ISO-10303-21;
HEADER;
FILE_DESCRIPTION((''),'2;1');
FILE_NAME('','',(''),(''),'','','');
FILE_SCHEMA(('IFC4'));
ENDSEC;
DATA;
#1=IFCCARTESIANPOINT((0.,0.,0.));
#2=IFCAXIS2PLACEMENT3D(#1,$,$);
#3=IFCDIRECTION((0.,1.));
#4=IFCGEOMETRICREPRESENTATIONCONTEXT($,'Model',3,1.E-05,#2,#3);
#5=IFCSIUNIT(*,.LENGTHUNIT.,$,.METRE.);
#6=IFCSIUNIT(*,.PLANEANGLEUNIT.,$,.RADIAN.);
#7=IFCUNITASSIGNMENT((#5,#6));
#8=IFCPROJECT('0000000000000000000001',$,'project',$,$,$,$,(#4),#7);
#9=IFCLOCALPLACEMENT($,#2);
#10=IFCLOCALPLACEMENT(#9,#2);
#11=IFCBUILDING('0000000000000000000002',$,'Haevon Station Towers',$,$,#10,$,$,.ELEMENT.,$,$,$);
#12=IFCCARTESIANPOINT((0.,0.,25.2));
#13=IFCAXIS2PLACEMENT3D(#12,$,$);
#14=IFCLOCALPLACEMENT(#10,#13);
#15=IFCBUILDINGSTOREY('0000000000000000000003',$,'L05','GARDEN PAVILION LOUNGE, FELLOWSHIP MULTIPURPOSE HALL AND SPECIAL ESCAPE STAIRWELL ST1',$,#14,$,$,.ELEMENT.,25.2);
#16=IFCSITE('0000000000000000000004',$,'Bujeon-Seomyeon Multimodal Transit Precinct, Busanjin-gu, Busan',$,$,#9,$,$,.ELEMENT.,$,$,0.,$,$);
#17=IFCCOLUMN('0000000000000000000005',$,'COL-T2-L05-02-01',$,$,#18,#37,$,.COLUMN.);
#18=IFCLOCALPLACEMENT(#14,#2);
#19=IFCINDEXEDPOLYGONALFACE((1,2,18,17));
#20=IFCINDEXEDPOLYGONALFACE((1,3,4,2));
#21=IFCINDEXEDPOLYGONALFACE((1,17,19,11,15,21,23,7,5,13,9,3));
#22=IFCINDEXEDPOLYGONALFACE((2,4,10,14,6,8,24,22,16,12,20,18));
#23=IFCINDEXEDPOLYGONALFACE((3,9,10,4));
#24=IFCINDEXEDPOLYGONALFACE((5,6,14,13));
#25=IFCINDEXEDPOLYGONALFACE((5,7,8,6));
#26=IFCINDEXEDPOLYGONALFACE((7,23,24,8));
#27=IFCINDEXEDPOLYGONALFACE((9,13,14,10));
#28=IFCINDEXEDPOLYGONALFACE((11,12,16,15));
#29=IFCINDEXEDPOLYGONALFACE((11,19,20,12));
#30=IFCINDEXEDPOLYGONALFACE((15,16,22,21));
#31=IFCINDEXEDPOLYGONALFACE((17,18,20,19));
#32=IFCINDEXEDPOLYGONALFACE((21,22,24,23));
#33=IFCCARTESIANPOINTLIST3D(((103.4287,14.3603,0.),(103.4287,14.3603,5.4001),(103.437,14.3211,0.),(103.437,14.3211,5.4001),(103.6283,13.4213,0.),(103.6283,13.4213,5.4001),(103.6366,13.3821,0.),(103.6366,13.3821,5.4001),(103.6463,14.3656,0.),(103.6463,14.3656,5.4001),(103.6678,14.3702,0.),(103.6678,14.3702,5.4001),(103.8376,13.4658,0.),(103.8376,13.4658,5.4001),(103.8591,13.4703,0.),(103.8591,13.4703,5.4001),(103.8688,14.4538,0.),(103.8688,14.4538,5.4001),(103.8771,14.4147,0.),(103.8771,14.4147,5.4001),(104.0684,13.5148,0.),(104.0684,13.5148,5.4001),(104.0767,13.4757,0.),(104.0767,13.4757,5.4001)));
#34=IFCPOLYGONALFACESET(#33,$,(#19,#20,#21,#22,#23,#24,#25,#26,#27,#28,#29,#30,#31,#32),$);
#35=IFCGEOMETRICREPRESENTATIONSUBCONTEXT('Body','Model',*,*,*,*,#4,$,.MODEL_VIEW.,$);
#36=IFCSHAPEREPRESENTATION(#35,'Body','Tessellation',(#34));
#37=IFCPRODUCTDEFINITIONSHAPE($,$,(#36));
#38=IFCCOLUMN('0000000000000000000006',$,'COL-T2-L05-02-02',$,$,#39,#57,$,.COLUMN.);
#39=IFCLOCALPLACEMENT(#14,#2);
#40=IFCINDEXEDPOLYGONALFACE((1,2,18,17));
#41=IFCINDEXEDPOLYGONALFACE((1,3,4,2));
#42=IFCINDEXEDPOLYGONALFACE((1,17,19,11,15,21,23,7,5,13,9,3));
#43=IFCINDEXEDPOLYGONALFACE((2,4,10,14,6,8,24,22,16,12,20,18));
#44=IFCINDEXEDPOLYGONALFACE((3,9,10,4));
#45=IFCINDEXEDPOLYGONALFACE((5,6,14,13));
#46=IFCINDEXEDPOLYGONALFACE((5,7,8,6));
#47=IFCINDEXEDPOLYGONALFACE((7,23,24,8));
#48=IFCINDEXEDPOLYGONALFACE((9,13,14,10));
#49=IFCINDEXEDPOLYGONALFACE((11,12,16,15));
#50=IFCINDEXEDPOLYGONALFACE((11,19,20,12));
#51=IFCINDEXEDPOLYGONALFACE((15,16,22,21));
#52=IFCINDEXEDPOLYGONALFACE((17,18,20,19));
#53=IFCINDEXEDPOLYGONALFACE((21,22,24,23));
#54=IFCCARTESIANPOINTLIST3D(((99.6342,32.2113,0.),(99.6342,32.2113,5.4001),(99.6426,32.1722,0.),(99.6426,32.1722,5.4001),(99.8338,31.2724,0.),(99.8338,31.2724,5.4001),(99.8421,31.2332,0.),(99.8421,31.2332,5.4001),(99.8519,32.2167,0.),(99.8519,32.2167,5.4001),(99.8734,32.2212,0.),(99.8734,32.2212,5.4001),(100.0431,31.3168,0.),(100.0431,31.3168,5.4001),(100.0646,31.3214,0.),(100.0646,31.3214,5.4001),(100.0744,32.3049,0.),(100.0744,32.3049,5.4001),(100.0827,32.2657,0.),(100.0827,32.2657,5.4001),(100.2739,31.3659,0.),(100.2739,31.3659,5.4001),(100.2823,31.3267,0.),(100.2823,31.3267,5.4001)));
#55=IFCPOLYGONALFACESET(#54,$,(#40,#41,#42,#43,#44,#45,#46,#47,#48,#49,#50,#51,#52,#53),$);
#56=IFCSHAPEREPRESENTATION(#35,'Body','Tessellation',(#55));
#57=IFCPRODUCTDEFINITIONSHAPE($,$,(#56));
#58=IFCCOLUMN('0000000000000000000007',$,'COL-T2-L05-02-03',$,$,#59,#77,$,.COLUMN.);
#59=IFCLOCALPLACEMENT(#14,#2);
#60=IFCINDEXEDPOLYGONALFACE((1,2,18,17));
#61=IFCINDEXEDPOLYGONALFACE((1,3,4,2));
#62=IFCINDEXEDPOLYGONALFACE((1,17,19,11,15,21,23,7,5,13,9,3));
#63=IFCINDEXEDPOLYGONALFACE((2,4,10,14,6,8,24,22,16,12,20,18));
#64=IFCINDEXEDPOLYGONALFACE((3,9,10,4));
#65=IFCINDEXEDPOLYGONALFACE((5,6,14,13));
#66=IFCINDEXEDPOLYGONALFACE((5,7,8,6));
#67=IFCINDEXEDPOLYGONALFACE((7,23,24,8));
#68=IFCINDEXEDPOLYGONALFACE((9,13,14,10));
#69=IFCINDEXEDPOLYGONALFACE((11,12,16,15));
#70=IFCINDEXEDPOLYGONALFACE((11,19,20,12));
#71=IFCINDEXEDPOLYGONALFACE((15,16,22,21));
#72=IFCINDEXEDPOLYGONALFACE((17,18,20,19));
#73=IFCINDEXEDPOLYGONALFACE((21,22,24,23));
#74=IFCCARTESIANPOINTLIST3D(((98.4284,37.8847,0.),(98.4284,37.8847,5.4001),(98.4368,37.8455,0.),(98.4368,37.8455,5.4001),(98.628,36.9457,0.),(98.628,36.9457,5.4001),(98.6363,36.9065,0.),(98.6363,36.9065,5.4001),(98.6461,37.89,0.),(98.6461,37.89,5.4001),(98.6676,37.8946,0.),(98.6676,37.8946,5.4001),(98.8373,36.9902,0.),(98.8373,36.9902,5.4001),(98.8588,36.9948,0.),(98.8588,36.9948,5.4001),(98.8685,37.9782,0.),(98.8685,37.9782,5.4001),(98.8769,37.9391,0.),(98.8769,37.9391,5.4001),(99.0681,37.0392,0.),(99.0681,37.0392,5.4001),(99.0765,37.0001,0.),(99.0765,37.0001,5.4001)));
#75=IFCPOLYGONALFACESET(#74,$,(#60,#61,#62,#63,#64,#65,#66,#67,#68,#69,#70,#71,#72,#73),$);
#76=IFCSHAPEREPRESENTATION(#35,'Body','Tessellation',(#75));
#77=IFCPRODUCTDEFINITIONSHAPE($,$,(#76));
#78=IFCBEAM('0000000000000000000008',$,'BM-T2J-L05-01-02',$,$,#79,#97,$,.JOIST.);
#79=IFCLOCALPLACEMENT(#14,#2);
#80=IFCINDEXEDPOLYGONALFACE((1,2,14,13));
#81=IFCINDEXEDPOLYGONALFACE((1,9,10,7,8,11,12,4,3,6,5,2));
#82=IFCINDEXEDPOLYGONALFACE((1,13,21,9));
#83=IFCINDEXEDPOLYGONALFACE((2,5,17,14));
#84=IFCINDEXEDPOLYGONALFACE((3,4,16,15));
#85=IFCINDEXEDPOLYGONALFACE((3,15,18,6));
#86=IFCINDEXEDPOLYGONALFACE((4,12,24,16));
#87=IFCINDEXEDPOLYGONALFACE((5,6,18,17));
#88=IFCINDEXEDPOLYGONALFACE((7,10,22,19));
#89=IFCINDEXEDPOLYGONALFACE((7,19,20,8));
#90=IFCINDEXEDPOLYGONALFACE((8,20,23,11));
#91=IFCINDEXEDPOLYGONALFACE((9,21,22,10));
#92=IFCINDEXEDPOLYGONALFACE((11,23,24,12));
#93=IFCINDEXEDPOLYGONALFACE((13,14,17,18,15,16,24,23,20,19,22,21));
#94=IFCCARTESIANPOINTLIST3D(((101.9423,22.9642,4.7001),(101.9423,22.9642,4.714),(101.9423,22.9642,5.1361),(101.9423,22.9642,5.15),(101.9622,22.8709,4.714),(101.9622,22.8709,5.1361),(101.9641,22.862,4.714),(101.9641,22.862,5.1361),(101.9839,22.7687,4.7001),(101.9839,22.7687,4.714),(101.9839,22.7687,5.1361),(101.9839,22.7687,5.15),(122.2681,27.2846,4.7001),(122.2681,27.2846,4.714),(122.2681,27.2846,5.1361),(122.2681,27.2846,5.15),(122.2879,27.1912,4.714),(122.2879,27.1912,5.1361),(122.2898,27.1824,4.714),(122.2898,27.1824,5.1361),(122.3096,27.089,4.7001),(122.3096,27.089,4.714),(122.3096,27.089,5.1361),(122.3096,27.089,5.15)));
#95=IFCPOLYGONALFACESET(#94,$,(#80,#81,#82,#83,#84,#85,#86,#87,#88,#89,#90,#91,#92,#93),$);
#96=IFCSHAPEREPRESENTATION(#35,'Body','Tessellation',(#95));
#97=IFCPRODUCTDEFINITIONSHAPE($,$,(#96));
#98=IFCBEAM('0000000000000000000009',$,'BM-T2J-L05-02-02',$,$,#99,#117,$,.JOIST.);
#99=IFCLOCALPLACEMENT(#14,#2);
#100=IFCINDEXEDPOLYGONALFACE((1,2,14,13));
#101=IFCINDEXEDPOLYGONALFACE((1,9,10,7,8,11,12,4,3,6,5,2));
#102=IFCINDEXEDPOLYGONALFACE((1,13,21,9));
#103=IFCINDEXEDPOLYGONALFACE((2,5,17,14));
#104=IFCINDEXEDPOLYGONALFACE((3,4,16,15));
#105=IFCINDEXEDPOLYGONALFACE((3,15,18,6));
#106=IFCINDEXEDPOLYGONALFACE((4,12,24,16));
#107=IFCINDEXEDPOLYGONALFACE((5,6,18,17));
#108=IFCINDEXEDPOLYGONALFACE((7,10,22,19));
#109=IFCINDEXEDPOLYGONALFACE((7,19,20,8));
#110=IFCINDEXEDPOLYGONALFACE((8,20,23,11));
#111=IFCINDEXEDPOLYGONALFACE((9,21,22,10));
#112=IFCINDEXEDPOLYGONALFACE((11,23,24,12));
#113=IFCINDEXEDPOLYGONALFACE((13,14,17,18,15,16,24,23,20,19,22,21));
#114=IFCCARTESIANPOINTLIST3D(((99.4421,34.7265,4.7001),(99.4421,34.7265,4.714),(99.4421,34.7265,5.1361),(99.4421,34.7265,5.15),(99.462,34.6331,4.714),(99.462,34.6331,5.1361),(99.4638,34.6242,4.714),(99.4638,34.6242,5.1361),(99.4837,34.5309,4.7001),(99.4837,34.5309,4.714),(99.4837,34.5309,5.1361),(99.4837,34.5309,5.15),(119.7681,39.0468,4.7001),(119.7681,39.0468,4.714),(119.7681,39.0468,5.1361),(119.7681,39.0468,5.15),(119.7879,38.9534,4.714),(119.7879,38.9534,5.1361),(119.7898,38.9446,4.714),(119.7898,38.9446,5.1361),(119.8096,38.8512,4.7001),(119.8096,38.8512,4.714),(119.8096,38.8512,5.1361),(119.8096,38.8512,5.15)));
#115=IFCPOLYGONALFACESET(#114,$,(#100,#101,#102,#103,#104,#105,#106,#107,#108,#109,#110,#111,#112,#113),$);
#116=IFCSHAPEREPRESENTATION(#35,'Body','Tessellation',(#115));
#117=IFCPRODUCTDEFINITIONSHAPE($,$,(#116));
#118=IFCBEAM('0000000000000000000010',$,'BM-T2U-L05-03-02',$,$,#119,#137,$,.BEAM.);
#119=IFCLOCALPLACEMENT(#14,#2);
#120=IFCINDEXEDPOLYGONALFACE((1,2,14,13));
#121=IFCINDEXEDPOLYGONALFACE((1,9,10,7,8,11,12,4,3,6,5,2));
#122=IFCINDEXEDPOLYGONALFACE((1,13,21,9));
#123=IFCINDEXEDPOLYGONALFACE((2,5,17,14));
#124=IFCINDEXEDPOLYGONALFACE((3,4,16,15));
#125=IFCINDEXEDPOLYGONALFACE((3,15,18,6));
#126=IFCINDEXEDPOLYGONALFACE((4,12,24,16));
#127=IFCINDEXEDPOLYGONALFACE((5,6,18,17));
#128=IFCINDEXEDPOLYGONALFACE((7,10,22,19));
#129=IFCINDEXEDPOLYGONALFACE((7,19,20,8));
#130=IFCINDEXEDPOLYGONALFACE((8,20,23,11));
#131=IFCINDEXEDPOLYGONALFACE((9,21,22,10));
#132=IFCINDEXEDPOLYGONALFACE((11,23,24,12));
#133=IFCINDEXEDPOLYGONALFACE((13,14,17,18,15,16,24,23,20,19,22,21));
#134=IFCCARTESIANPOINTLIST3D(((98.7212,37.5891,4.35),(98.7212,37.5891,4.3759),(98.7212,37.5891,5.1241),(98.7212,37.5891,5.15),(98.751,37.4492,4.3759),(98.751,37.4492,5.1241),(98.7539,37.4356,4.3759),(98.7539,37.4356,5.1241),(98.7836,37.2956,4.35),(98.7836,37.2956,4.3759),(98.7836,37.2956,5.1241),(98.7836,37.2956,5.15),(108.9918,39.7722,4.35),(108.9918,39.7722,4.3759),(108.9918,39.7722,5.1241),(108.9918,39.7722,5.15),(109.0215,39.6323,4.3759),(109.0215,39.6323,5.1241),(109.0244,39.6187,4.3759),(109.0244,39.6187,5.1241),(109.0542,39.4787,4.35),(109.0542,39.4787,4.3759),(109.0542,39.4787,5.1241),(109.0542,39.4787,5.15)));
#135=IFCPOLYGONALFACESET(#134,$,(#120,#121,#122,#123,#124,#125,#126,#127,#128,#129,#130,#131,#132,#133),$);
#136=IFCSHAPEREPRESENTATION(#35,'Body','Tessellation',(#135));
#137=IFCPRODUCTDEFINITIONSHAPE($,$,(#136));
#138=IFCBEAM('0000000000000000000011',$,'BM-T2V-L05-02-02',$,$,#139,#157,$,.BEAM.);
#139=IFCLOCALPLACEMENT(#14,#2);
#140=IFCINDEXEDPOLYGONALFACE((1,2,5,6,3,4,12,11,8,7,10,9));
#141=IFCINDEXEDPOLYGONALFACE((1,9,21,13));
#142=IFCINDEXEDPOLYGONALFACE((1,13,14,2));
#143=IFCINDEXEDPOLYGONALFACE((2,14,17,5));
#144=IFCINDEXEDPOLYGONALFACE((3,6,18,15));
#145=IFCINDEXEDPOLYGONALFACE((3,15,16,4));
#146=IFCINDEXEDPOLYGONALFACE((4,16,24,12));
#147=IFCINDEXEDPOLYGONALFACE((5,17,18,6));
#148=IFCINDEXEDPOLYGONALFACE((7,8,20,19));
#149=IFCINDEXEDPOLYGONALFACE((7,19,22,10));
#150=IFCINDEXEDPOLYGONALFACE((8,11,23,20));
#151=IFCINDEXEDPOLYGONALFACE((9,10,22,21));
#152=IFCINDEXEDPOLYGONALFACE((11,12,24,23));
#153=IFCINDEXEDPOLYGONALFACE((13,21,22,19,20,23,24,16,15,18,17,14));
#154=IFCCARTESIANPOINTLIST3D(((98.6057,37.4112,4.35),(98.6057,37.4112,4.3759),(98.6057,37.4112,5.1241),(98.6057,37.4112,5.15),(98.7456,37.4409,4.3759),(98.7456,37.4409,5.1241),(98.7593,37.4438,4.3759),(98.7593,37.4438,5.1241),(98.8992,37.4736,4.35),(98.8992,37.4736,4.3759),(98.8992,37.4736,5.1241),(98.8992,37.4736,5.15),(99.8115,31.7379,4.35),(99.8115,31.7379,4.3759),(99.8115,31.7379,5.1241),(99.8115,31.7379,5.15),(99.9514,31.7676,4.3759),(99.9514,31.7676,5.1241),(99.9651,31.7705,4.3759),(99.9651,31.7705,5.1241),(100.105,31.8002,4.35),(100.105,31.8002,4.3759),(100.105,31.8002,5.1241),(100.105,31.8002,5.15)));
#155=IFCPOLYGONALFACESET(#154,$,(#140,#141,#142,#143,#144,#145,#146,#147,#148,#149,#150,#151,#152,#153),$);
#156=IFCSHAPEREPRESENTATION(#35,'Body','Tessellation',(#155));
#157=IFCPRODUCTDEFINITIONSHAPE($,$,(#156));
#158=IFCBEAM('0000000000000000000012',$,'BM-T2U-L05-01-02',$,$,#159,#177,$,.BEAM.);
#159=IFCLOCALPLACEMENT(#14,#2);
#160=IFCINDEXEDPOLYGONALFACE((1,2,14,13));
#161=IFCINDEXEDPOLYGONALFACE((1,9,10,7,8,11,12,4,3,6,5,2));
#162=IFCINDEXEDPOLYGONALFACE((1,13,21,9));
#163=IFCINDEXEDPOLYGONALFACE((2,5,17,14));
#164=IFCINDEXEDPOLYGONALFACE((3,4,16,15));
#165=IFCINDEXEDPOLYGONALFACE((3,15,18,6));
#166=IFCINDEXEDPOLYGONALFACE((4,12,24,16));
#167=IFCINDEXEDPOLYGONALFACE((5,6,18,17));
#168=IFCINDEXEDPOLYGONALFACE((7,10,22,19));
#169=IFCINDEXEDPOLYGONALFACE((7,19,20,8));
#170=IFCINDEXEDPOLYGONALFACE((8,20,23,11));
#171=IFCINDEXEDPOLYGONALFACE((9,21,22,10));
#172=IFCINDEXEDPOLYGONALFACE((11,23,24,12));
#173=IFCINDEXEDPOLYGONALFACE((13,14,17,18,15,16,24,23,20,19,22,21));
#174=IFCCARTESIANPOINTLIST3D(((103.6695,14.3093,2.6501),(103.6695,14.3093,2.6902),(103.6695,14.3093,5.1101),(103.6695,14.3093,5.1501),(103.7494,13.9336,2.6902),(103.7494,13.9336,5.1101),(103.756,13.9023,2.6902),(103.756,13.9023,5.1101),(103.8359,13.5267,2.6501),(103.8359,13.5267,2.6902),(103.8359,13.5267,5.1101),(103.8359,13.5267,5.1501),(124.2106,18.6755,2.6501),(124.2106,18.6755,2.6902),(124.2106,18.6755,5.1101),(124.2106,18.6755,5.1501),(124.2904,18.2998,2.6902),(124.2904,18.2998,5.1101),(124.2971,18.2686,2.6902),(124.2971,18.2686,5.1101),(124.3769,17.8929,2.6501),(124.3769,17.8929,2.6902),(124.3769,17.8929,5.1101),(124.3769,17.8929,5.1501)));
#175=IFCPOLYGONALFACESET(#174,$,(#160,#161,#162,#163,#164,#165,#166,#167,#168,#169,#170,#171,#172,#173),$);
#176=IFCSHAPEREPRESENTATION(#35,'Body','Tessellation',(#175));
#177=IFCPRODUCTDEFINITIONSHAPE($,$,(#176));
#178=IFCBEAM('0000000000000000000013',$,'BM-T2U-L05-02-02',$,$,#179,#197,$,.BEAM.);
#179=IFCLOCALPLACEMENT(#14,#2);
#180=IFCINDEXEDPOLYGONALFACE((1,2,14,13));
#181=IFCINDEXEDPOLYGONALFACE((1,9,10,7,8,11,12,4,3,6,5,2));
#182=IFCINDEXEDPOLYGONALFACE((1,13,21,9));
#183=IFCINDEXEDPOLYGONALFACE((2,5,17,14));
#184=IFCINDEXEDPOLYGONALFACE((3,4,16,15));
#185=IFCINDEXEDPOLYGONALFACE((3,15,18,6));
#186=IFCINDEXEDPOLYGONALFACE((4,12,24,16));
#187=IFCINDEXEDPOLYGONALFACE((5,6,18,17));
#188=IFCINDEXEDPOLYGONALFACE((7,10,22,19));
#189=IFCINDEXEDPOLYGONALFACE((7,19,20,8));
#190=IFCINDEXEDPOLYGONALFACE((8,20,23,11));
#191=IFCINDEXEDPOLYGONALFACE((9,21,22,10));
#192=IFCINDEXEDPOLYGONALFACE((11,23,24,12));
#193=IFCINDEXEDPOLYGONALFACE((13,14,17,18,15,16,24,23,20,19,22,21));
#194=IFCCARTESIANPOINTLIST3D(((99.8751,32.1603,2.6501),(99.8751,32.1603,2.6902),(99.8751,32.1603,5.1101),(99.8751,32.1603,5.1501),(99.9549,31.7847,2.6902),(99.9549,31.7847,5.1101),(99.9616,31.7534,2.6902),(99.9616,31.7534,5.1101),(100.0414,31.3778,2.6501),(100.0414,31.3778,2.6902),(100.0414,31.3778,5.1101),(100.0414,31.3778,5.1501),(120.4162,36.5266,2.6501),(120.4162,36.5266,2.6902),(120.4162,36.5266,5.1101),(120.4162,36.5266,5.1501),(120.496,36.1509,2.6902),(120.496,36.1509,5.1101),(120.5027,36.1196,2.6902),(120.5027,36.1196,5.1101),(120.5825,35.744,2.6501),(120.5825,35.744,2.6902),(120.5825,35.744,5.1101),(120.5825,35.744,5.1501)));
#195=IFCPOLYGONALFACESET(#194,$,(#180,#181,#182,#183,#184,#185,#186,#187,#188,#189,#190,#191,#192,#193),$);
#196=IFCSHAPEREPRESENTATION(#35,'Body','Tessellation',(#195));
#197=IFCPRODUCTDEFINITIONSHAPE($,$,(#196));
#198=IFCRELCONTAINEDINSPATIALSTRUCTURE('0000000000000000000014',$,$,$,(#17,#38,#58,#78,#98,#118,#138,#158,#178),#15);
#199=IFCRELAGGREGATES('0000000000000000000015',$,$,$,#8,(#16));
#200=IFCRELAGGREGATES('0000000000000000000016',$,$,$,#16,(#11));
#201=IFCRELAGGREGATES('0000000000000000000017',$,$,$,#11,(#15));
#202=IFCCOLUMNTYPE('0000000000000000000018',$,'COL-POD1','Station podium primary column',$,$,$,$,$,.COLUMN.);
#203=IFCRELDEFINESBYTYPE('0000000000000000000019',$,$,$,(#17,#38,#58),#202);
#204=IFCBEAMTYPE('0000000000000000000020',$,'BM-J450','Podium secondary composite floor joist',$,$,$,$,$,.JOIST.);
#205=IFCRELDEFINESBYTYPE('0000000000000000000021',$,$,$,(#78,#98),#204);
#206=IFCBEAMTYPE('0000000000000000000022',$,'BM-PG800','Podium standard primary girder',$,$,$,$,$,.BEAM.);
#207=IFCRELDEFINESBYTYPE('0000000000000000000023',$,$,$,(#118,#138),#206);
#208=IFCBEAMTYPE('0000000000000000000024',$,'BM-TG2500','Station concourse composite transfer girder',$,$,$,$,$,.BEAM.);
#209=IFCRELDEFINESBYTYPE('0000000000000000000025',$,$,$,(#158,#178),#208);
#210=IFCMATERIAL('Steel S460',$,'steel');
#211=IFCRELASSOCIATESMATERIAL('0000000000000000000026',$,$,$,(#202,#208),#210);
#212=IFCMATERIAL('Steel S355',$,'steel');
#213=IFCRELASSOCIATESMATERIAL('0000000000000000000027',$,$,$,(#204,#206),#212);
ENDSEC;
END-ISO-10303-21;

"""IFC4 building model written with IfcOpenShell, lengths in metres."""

from ifc_helpers import new_model, si_unit, direction, frame, origin, origin_2d, place, context, subcontext, project, spatial, i_section, extrude, material, material_profile, profile_set, type_object, element, save


model = new_model("IFC4")

# Units and contexts
model_context = context("Model", 3, precision=1e-05, world=origin(), true_north=direction((0.0, 1.0)))
body_context = subcontext(model_context, "Body", "Model", "MODEL_VIEW")
ifc_project = project(units=[si_unit("LENGTHUNIT", "METRE"), si_unit("PLANEANGLEUNIT", "RADIAN")], contexts=[model_context])

# Site, building, storey
site_placement = place(None, origin())
site = spatial("IfcSite", under=ifc_project, at=site_placement, Name="Bujeon-Seomyeon Multimodal Transit Precinct, Busanjin-gu, Busan", CompositionType="ELEMENT", RefElevation=0.0)
building_placement = place(site_placement, origin())
building = spatial("IfcBuilding", under=site, at=building_placement, Name="Haevon Station Towers", CompositionType="ELEMENT")
storey_placement = place(building_placement, frame((0.0, 0.0, 25.2)))
storey = spatial("IfcBuildingStorey", under=building, at=storey_placement, Name="L05", Description="GARDEN PAVILION LOUNGE, FELLOWSHIP MULTIPURPOSE HALL AND SPECIAL ESCAPE STAIRWELL ST1", CompositionType="ELEMENT", Elevation=25.2)

# Columns
ifc_material_1 = material(Name="Steel S460", Category="steel")
ifc_material_profile_1 = material_profile(ifc_material_1, i_section(OverallWidth=0.45, OverallDepth=1.0, WebThickness=0.022, FlangeThickness=0.04, at=origin_2d()), Name="H-1000x450x22x40")
ifc_profile_set_1 = profile_set([ifc_material_profile_1], Name="Steel S460")
column_type = type_object("IfcColumnType", Name="COL-POD1", Description="Station podium primary column", PredefinedType="COLUMN", material=ifc_profile_set_1)
for number, where, z_axis, x_axis, name in (
    (1, (103.7527, 13.918, 0.0), (0.0, 0.0, 1.0), (0.978148, 0.207912, 0.0), "COL-T2-L05-02-01"),
    (2, (99.9583, 31.769, 0.0), (0.0, 0.0, 1.0), (0.978148, 0.207912, 0.0), "COL-T2-L05-02-02"),
    (3, (98.7524, 37.4424, 0.0), (0.0, 0.0, 1.0), (0.978148, 0.207912, 0.0), "COL-T2-L05-02-03"),
):
    element("IfcColumn", number, at=place(storey_placement, frame(where, z_axis=z_axis, x_axis=x_axis)), inside=storey, type_object=column_type, Name=name, PredefinedType="COLUMN", context=body_context, shape_type="SweptSolid", body=[
        extrude(i_section(OverallWidth=0.45, OverallDepth=1.0, WebThickness=0.022, FlangeThickness=0.04, at=origin_2d()), origin(), (0.0, 0.0, 1.0), 5.4001),
    ])

# Beams
ifc_material_2 = material(Name="Steel S355", Category="steel")
ifc_material_profile_2 = material_profile(ifc_material_2, i_section(OverallWidth=0.2, OverallDepth=0.45, WebThickness=0.009, FlangeThickness=0.0139, at=origin_2d()), Name="H-450x200x9x14")
ifc_profile_set_2 = profile_set([ifc_material_profile_2], Name="Steel S355")
beam_type_1 = type_object("IfcBeamType", Name="BM-J450", Description="Podium secondary composite floor joist", PredefinedType="JOIST", material=ifc_profile_set_2)
beam_1_placement = place(storey_placement, frame((101.9631, 22.8665, 4.925), z_axis=(0.978148, 0.20791, 0.0), x_axis=(-0.20791, 0.978148, 0.0)))
element("IfcBeam", 4, at=beam_1_placement, inside=storey, type_object=beam_type_1, Name="BM-T2J-L05-01-02", PredefinedType="JOIST", context=body_context, shape_type="SweptSolid", body=[
    extrude(i_section(OverallWidth=0.2, OverallDepth=0.45, WebThickness=0.009, FlangeThickness=0.0139, at=origin_2d()), origin(), (0.0, 0.0, 1.0), 20.7798),
])
beam_2_placement = place(storey_placement, frame((99.4629, 34.6287, 4.925), z_axis=(0.978149, 0.207907, 0.0), x_axis=(-0.207907, 0.978149, 0.0)))
element("IfcBeam", 5, at=beam_2_placement, inside=storey, type_object=beam_type_1, Name="BM-T2J-L05-02-02", PredefinedType="JOIST", context=body_context, shape_type="SweptSolid", body=[
    extrude(i_section(OverallWidth=0.2, OverallDepth=0.45, WebThickness=0.009, FlangeThickness=0.0139, at=origin_2d()), origin(), (0.0, 0.0, 1.0), 20.78),
])
ifc_material_profile_3 = material_profile(ifc_material_2, i_section(OverallWidth=0.3, OverallDepth=0.8, WebThickness=0.0139, FlangeThickness=0.0259, at=origin_2d()), Name="H-800x300x14x26")
ifc_profile_set_3 = profile_set([ifc_material_profile_3], Name="Steel S355")
beam_type_2 = type_object("IfcBeamType", Name="BM-PG800", Description="Podium standard primary girder", PredefinedType="BEAM", material=ifc_profile_set_3)
beam_3_placement = place(storey_placement, frame((98.7524, 37.4424, 4.75), z_axis=(0.978147, 0.207915, 0.0), x_axis=(-0.207915, 0.978147, 0.0)))
element("IfcBeam", 6, at=beam_3_placement, inside=storey, type_object=beam_type_2, Name="BM-T2U-L05-03-02", PredefinedType="BEAM", context=body_context, shape_type="SweptSolid", body=[
    extrude(i_section(OverallWidth=0.3, OverallDepth=0.8, WebThickness=0.0139, FlangeThickness=0.0259, at=origin_2d()), origin(), (0.0, 0.0, 1.0), 10.5),
])
beam_4_placement = place(storey_placement, frame((99.9583, 31.769, 4.75), z_axis=(-0.207896, 0.978151, 0.0), x_axis=(-0.978151, -0.207896, 0.0)))
element("IfcBeam", 7, at=beam_4_placement, inside=storey, type_object=beam_type_2, Name="BM-T2V-L05-02-02", PredefinedType="BEAM", context=body_context, shape_type="SweptSolid", body=[
    extrude(i_section(OverallWidth=0.3, OverallDepth=0.8, WebThickness=0.0139, FlangeThickness=0.0259, at=origin_2d()), origin(), (0.0, 0.0, 1.0), 5.8),
])
ifc_material_profile_4 = material_profile(ifc_material_1, i_section(OverallWidth=0.8, OverallDepth=2.5, WebThickness=0.032, FlangeThickness=0.04, at=origin_2d()), Name="H-2500x800x32x40")
ifc_profile_set_4 = profile_set([ifc_material_profile_4], Name="Steel S460")
beam_type_3 = type_object("IfcBeamType", Name="BM-TG2500", Description="Station concourse composite transfer girder", PredefinedType="BEAM", material=ifc_profile_set_4)
for number, where, z_axis, x_axis, name in (
    (8, (103.7527, 13.918, 3.9001), (0.978147, 0.207915, 0.0), (-0.207915, 0.978147, 0.0), "BM-T2U-L05-01-02"),
    (9, (99.9583, 31.769, 3.9001), (0.978147, 0.207915, 0.0), (-0.207915, 0.978147, 0.0), "BM-T2U-L05-02-02"),
):
    element("IfcBeam", number, at=place(storey_placement, frame(where, z_axis=z_axis, x_axis=x_axis)), inside=storey, type_object=beam_type_3, Name=name, PredefinedType="BEAM", context=body_context, shape_type="SweptSolid", body=[
        extrude(i_section(OverallWidth=0.8, OverallDepth=2.5, WebThickness=0.032, FlangeThickness=0.04, at=origin_2d()), origin(), (0.0, 0.0, 1.0), 21.0),
    ])

save(model, "model.ifc")
